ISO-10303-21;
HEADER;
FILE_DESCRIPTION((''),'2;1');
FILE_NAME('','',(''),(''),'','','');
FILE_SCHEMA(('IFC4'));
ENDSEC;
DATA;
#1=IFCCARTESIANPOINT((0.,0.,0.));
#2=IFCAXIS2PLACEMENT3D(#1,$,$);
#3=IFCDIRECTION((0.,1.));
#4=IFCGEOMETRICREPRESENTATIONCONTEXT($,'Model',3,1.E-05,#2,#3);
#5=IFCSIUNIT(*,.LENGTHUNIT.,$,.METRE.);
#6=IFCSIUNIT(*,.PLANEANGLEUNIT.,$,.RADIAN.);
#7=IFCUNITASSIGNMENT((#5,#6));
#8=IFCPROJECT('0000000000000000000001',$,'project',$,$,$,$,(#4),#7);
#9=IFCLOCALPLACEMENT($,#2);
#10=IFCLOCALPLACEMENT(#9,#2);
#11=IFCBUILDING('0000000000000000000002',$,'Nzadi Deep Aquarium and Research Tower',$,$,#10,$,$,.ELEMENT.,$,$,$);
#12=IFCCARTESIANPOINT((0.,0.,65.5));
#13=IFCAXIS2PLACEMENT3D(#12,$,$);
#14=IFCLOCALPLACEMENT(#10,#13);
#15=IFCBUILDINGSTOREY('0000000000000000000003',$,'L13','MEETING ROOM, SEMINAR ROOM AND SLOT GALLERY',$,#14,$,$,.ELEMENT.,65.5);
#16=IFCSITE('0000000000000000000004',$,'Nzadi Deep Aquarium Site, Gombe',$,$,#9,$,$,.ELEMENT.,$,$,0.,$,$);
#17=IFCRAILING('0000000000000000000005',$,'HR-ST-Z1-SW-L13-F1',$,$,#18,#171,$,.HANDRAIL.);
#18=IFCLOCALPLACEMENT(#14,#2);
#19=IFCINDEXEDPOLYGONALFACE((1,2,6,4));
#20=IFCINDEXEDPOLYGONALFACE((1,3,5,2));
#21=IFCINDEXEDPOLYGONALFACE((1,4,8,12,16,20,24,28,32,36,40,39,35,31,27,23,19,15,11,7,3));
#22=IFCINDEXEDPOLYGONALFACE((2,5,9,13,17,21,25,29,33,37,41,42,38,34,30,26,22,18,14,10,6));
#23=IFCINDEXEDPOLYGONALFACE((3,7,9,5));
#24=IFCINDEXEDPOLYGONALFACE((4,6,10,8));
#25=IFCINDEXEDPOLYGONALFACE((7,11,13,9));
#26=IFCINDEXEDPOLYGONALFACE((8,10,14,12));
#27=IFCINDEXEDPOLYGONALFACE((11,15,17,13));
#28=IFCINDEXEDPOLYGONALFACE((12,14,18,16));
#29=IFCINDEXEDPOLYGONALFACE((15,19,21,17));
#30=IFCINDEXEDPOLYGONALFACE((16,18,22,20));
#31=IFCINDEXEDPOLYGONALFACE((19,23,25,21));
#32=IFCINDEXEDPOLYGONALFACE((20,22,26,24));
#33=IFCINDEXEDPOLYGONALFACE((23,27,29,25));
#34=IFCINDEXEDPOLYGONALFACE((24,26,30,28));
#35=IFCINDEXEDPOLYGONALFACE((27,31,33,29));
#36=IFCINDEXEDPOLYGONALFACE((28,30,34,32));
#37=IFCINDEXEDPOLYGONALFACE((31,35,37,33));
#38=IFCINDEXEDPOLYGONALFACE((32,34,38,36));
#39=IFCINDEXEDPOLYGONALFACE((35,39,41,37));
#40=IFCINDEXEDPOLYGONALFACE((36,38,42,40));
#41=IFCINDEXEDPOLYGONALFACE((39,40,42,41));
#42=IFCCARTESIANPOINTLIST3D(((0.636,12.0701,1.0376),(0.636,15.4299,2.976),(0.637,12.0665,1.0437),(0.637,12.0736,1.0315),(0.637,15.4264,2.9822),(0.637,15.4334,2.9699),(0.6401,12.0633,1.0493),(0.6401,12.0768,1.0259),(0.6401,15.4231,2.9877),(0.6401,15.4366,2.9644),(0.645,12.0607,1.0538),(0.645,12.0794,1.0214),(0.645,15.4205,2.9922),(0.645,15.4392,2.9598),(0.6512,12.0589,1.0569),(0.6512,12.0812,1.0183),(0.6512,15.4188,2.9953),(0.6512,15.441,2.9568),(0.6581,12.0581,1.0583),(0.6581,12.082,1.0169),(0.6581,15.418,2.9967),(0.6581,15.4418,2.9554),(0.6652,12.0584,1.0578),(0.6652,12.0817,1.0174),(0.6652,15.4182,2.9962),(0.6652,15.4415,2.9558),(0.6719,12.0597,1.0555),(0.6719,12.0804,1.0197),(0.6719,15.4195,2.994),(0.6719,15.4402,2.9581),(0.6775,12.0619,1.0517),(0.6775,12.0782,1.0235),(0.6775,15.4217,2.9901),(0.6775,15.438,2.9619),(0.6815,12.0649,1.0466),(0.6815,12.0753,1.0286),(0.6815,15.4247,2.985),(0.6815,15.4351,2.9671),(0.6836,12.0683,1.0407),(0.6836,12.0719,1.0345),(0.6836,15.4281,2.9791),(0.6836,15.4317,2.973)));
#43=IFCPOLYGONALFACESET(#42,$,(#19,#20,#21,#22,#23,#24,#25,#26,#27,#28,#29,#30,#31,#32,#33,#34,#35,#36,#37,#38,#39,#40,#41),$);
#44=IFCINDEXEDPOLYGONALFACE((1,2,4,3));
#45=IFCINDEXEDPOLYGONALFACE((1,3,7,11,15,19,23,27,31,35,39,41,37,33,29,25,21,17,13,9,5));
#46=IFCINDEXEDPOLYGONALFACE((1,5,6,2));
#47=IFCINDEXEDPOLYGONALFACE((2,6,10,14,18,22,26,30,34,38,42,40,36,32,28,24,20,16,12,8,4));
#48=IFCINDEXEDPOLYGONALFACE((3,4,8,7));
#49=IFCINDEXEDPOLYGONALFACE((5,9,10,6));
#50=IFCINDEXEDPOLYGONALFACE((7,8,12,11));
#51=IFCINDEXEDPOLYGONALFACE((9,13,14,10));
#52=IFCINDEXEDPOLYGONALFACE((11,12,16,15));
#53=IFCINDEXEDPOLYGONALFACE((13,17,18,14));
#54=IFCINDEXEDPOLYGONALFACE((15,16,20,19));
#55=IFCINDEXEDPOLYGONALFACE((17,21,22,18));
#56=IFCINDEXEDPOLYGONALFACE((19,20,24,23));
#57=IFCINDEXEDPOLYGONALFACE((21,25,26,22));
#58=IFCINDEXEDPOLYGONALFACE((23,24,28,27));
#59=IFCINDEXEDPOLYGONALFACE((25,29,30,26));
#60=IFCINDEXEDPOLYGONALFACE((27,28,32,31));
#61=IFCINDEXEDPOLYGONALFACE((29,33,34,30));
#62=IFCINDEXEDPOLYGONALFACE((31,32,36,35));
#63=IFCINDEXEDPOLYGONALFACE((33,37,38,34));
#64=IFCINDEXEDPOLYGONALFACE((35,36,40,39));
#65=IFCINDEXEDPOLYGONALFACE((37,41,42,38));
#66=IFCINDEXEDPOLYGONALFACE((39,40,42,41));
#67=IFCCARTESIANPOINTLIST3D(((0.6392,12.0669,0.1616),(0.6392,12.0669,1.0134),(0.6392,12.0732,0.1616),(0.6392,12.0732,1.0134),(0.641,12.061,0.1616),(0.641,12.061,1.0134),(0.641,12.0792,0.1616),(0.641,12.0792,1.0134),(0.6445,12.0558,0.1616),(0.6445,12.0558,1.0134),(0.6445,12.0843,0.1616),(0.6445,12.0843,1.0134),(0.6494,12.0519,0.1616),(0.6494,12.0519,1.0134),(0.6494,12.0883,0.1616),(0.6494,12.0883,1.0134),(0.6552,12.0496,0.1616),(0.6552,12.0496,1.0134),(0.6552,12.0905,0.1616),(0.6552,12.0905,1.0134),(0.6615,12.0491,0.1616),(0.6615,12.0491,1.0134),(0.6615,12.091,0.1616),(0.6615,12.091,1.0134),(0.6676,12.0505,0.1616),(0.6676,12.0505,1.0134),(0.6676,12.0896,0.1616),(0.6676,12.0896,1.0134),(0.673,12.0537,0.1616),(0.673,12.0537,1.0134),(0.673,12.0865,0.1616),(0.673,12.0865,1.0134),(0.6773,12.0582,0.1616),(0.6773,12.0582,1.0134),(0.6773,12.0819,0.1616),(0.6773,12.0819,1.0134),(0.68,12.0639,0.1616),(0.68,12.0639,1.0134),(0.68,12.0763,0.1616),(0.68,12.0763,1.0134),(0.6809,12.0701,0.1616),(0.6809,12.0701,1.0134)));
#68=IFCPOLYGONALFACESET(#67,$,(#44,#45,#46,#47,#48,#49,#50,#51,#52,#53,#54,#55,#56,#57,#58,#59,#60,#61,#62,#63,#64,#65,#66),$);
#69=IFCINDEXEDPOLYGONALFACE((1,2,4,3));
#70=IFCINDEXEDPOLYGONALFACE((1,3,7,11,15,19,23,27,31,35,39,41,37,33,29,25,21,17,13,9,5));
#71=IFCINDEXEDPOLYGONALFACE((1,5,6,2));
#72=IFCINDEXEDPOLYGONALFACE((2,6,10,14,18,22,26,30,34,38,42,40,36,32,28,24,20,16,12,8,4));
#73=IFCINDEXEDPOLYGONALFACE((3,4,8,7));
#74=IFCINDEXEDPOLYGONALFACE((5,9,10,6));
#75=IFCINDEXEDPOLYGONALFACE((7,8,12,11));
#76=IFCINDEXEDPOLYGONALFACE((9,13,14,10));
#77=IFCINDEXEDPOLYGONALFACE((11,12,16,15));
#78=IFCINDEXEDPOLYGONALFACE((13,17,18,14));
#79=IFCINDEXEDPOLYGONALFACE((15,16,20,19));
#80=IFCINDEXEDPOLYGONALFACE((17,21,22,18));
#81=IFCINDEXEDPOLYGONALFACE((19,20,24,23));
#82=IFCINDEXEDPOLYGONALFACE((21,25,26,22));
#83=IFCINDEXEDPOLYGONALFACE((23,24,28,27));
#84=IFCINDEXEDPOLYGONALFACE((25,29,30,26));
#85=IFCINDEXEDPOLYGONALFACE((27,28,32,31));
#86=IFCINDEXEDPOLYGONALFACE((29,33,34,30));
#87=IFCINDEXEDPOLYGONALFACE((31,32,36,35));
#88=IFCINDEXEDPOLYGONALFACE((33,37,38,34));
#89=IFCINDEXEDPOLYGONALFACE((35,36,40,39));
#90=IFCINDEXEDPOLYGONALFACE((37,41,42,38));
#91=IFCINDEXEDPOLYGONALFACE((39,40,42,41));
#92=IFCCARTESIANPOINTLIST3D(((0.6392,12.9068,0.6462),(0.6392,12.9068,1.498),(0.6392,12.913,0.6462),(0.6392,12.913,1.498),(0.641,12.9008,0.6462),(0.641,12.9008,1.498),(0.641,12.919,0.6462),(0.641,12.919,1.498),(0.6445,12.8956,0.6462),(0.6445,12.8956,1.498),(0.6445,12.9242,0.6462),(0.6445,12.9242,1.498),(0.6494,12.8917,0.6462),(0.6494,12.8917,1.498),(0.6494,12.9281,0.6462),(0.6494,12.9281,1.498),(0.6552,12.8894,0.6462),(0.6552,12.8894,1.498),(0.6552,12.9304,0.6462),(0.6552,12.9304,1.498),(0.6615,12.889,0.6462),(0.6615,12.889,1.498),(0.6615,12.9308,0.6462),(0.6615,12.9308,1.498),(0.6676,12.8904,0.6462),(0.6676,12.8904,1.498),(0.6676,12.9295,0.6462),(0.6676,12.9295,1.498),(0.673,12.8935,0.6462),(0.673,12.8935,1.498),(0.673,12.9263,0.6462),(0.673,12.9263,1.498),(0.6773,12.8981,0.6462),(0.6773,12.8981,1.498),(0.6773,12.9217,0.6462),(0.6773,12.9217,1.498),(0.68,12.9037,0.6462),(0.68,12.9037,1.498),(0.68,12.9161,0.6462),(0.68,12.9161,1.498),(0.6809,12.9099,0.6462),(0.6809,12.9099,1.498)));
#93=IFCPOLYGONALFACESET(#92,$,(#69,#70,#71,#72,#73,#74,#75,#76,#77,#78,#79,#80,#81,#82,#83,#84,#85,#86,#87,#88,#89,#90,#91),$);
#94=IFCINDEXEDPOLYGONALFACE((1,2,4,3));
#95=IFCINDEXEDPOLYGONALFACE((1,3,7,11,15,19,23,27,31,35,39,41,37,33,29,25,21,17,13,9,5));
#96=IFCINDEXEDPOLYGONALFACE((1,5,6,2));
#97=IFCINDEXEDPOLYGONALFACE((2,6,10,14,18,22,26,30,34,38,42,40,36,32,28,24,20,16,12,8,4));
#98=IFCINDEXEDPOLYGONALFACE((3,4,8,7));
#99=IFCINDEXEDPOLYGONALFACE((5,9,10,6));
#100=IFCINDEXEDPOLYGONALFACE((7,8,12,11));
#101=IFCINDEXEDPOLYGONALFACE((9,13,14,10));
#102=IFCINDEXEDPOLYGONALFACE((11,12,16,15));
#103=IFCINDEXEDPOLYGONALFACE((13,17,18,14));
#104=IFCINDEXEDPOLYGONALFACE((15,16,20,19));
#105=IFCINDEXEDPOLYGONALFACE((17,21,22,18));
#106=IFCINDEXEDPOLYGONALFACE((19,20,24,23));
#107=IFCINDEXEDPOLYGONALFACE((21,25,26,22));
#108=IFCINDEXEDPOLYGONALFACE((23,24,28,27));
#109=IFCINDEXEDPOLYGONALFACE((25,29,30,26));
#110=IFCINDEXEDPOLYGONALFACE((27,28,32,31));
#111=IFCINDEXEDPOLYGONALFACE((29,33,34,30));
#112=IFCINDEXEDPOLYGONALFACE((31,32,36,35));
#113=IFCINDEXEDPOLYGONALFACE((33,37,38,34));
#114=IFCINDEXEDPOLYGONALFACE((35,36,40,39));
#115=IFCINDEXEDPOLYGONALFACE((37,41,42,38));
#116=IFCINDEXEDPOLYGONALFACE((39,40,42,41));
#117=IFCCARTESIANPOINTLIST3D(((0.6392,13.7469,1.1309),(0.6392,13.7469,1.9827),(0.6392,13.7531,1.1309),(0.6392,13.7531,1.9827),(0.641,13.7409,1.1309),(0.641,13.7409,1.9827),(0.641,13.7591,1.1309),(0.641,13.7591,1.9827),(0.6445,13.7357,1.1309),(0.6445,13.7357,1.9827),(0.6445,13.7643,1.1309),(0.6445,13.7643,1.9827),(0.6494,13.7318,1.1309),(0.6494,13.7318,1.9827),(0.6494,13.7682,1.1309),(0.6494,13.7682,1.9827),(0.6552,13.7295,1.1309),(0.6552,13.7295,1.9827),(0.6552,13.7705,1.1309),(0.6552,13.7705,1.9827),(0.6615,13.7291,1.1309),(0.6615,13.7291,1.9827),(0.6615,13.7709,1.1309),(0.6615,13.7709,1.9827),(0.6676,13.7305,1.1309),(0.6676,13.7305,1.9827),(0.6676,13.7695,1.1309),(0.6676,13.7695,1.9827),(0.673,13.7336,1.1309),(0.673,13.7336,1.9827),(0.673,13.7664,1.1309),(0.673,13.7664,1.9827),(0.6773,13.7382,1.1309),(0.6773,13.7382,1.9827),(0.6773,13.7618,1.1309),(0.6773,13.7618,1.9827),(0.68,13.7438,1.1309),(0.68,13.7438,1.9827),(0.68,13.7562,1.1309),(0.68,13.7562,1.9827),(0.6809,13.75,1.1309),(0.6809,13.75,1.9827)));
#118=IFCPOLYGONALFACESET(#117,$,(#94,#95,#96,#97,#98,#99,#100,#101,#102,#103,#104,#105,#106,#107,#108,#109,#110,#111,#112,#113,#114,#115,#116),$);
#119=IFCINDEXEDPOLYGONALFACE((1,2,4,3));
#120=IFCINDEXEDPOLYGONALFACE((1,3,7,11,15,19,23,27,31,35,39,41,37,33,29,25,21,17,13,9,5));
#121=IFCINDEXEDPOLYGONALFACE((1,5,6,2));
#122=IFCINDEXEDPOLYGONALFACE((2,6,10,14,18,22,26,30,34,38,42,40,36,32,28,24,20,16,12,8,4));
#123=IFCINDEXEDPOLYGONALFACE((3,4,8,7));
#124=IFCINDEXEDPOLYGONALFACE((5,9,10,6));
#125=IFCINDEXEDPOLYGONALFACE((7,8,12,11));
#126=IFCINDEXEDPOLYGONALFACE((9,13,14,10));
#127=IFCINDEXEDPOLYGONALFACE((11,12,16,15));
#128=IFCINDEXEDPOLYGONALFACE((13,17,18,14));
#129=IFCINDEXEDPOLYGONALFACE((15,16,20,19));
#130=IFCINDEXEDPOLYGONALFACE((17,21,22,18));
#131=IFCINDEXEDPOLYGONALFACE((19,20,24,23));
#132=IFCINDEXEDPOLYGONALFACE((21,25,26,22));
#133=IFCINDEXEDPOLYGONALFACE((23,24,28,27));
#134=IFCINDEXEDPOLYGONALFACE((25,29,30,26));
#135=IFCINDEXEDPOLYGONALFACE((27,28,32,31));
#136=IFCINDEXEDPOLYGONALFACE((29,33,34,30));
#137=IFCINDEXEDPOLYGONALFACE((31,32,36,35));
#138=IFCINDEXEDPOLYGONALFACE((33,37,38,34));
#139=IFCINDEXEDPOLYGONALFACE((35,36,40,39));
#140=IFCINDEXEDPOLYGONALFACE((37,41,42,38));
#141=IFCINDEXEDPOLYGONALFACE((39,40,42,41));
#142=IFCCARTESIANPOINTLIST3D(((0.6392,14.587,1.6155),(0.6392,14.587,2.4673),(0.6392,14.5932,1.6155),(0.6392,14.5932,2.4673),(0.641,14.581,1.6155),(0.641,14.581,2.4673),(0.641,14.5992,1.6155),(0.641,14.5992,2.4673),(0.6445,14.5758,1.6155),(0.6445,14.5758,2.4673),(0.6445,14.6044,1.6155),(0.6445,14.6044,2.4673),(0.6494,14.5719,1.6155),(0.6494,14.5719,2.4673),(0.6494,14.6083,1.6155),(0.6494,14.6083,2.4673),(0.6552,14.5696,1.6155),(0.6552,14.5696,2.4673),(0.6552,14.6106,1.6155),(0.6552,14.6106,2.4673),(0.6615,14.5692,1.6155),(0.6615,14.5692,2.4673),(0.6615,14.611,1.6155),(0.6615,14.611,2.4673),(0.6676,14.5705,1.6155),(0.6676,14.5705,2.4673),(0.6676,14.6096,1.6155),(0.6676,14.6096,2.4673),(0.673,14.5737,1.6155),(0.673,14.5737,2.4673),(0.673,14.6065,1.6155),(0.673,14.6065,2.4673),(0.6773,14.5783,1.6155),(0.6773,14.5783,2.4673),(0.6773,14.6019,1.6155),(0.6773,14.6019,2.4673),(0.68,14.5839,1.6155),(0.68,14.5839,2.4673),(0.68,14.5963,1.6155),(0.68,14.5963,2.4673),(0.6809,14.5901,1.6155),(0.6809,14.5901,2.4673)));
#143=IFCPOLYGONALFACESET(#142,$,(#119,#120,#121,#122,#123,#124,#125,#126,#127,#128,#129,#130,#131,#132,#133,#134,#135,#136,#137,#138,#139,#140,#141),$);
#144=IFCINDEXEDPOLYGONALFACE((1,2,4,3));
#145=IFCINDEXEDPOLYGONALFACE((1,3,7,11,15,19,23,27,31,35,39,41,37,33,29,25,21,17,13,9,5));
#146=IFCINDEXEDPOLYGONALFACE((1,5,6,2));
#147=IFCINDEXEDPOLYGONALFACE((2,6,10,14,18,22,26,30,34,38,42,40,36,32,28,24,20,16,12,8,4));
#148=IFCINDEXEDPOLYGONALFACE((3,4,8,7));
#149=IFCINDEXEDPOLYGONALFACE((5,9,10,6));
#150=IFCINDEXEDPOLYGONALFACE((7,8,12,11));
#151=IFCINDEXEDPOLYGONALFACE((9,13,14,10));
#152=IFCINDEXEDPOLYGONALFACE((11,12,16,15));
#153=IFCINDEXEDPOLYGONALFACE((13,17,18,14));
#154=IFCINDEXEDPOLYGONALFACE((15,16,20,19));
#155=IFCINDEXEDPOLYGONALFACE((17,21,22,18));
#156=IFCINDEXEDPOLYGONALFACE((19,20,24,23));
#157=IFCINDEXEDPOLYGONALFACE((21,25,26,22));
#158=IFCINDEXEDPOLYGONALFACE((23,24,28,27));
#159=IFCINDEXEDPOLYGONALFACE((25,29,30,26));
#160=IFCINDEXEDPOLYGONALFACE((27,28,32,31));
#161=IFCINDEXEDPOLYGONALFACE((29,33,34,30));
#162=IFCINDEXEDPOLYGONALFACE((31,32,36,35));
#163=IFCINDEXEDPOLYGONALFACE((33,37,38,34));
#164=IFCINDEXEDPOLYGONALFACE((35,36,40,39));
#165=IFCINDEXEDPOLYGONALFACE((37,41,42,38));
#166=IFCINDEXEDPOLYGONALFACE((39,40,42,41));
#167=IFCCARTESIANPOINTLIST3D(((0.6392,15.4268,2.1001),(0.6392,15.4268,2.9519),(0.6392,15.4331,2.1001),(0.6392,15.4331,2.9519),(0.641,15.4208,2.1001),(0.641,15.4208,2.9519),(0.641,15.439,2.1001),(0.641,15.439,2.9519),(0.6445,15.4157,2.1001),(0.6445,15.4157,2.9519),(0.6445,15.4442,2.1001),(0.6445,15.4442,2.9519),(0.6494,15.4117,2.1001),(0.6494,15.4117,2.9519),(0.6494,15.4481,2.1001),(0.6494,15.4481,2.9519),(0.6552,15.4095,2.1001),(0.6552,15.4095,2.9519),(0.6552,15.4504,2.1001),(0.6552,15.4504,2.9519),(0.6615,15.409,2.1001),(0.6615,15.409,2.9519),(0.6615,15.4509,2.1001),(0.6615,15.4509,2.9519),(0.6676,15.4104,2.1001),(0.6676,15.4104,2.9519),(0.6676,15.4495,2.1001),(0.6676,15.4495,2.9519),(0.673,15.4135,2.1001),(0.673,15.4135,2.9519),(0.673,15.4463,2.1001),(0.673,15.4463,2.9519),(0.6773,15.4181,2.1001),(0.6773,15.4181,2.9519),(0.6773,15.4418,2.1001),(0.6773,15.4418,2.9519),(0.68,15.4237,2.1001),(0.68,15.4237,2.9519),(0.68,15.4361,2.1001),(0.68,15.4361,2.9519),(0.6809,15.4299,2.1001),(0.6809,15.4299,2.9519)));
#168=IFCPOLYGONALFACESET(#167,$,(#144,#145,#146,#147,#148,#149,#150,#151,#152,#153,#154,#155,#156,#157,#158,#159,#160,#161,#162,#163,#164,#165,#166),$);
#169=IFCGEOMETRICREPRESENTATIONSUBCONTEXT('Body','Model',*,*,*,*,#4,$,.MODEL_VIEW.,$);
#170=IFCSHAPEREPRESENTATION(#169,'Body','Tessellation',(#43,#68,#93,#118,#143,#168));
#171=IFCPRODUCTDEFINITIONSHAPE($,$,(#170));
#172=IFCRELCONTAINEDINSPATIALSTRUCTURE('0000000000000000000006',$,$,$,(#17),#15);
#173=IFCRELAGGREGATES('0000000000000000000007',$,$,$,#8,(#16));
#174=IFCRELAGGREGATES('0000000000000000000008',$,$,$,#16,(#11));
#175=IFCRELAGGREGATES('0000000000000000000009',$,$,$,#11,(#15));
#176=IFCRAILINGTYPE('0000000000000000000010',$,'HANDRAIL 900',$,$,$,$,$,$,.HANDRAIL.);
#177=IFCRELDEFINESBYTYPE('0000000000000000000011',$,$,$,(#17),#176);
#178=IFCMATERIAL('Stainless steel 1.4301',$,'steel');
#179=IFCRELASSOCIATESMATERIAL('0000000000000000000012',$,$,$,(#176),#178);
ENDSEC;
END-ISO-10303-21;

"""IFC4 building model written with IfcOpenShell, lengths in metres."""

from ifc_helpers import new_model, si_unit, direction, frame, origin, origin_2d, place, context, subcontext, project, spatial, circle, extrude, material, type_object, element, save


model = new_model("IFC4")

# Units and contexts
model_context = context("Model", 3, precision=1e-05, world=origin(), true_north=direction((0.0, 1.0)))
body_context = subcontext(model_context, "Body", "Model", "MODEL_VIEW")
ifc_project = project(units=[si_unit("LENGTHUNIT", "METRE"), si_unit("PLANEANGLEUNIT", "RADIAN")], contexts=[model_context])

# Site, building, storey
site_placement = place(None, origin())
site = spatial("IfcSite", under=ifc_project, at=site_placement, Name="Nzadi Deep Aquarium Site, Gombe", CompositionType="ELEMENT", RefElevation=0.0)
building_placement = place(site_placement, origin())
building = spatial("IfcBuilding", under=site, at=building_placement, Name="Nzadi Deep Aquarium and Research Tower", CompositionType="ELEMENT")
storey_placement = place(building_placement, frame((0.0, 0.0, 65.5)))
storey = spatial("IfcBuildingStorey", under=building, at=storey_placement, Name="L13", Description="MEETING ROOM, SEMINAR ROOM AND SLOT GALLERY", CompositionType="ELEMENT", Elevation=65.5)

# Railing
ifc_material_1 = material(Name="Stainless steel 1.4301", Category="steel")
railing_type = type_object("IfcRailingType", Name="HANDRAIL 900", PredefinedType="HANDRAIL", material=ifc_material_1)
for number, where, name in (
    (1, (0.6599, 12.0701, 0.1616), "HR-ST-Z1-SW-L13-F1"),
):
    element("IfcRailing", number, at=place(storey_placement, frame(where)), inside=storey, type_object=railing_type, Name=name, PredefinedType="HANDRAIL", context=body_context, shape_type="SweptSolid", body=[
        extrude(circle(Radius=0.0239, at=origin_2d()), frame((0.0, 0.0, 0.876), z_axis=(0.0, 0.866175, 0.499741), x_axis=(-1.0, 0.0, 0.0)), (0.0, 0.0, 1.0), 3.8789),
        extrude(circle(Radius=0.021, at=origin_2d()), origin(), (0.0, 0.0, 1.0), 0.8518),
        extrude(circle(Radius=0.021, at=origin_2d()), frame((0.0, 0.8398, 0.4846)), (0.0, 0.0, 1.0), 0.8518),
        extrude(circle(Radius=0.021, at=origin_2d()), frame((0.0, 1.6799, 0.9692)), (0.0, 0.0, 1.0), 0.8518),
        extrude(circle(Radius=0.021, at=origin_2d()), frame((0.0, 2.52, 1.4539)), (0.0, 0.0, 1.0), 0.8518),
        extrude(circle(Radius=0.021, at=origin_2d()), frame((0.0, 3.3599, 1.9385)), (0.0, 0.0, 1.0), 0.8518),
    ])

save(model, "model.ifc")
